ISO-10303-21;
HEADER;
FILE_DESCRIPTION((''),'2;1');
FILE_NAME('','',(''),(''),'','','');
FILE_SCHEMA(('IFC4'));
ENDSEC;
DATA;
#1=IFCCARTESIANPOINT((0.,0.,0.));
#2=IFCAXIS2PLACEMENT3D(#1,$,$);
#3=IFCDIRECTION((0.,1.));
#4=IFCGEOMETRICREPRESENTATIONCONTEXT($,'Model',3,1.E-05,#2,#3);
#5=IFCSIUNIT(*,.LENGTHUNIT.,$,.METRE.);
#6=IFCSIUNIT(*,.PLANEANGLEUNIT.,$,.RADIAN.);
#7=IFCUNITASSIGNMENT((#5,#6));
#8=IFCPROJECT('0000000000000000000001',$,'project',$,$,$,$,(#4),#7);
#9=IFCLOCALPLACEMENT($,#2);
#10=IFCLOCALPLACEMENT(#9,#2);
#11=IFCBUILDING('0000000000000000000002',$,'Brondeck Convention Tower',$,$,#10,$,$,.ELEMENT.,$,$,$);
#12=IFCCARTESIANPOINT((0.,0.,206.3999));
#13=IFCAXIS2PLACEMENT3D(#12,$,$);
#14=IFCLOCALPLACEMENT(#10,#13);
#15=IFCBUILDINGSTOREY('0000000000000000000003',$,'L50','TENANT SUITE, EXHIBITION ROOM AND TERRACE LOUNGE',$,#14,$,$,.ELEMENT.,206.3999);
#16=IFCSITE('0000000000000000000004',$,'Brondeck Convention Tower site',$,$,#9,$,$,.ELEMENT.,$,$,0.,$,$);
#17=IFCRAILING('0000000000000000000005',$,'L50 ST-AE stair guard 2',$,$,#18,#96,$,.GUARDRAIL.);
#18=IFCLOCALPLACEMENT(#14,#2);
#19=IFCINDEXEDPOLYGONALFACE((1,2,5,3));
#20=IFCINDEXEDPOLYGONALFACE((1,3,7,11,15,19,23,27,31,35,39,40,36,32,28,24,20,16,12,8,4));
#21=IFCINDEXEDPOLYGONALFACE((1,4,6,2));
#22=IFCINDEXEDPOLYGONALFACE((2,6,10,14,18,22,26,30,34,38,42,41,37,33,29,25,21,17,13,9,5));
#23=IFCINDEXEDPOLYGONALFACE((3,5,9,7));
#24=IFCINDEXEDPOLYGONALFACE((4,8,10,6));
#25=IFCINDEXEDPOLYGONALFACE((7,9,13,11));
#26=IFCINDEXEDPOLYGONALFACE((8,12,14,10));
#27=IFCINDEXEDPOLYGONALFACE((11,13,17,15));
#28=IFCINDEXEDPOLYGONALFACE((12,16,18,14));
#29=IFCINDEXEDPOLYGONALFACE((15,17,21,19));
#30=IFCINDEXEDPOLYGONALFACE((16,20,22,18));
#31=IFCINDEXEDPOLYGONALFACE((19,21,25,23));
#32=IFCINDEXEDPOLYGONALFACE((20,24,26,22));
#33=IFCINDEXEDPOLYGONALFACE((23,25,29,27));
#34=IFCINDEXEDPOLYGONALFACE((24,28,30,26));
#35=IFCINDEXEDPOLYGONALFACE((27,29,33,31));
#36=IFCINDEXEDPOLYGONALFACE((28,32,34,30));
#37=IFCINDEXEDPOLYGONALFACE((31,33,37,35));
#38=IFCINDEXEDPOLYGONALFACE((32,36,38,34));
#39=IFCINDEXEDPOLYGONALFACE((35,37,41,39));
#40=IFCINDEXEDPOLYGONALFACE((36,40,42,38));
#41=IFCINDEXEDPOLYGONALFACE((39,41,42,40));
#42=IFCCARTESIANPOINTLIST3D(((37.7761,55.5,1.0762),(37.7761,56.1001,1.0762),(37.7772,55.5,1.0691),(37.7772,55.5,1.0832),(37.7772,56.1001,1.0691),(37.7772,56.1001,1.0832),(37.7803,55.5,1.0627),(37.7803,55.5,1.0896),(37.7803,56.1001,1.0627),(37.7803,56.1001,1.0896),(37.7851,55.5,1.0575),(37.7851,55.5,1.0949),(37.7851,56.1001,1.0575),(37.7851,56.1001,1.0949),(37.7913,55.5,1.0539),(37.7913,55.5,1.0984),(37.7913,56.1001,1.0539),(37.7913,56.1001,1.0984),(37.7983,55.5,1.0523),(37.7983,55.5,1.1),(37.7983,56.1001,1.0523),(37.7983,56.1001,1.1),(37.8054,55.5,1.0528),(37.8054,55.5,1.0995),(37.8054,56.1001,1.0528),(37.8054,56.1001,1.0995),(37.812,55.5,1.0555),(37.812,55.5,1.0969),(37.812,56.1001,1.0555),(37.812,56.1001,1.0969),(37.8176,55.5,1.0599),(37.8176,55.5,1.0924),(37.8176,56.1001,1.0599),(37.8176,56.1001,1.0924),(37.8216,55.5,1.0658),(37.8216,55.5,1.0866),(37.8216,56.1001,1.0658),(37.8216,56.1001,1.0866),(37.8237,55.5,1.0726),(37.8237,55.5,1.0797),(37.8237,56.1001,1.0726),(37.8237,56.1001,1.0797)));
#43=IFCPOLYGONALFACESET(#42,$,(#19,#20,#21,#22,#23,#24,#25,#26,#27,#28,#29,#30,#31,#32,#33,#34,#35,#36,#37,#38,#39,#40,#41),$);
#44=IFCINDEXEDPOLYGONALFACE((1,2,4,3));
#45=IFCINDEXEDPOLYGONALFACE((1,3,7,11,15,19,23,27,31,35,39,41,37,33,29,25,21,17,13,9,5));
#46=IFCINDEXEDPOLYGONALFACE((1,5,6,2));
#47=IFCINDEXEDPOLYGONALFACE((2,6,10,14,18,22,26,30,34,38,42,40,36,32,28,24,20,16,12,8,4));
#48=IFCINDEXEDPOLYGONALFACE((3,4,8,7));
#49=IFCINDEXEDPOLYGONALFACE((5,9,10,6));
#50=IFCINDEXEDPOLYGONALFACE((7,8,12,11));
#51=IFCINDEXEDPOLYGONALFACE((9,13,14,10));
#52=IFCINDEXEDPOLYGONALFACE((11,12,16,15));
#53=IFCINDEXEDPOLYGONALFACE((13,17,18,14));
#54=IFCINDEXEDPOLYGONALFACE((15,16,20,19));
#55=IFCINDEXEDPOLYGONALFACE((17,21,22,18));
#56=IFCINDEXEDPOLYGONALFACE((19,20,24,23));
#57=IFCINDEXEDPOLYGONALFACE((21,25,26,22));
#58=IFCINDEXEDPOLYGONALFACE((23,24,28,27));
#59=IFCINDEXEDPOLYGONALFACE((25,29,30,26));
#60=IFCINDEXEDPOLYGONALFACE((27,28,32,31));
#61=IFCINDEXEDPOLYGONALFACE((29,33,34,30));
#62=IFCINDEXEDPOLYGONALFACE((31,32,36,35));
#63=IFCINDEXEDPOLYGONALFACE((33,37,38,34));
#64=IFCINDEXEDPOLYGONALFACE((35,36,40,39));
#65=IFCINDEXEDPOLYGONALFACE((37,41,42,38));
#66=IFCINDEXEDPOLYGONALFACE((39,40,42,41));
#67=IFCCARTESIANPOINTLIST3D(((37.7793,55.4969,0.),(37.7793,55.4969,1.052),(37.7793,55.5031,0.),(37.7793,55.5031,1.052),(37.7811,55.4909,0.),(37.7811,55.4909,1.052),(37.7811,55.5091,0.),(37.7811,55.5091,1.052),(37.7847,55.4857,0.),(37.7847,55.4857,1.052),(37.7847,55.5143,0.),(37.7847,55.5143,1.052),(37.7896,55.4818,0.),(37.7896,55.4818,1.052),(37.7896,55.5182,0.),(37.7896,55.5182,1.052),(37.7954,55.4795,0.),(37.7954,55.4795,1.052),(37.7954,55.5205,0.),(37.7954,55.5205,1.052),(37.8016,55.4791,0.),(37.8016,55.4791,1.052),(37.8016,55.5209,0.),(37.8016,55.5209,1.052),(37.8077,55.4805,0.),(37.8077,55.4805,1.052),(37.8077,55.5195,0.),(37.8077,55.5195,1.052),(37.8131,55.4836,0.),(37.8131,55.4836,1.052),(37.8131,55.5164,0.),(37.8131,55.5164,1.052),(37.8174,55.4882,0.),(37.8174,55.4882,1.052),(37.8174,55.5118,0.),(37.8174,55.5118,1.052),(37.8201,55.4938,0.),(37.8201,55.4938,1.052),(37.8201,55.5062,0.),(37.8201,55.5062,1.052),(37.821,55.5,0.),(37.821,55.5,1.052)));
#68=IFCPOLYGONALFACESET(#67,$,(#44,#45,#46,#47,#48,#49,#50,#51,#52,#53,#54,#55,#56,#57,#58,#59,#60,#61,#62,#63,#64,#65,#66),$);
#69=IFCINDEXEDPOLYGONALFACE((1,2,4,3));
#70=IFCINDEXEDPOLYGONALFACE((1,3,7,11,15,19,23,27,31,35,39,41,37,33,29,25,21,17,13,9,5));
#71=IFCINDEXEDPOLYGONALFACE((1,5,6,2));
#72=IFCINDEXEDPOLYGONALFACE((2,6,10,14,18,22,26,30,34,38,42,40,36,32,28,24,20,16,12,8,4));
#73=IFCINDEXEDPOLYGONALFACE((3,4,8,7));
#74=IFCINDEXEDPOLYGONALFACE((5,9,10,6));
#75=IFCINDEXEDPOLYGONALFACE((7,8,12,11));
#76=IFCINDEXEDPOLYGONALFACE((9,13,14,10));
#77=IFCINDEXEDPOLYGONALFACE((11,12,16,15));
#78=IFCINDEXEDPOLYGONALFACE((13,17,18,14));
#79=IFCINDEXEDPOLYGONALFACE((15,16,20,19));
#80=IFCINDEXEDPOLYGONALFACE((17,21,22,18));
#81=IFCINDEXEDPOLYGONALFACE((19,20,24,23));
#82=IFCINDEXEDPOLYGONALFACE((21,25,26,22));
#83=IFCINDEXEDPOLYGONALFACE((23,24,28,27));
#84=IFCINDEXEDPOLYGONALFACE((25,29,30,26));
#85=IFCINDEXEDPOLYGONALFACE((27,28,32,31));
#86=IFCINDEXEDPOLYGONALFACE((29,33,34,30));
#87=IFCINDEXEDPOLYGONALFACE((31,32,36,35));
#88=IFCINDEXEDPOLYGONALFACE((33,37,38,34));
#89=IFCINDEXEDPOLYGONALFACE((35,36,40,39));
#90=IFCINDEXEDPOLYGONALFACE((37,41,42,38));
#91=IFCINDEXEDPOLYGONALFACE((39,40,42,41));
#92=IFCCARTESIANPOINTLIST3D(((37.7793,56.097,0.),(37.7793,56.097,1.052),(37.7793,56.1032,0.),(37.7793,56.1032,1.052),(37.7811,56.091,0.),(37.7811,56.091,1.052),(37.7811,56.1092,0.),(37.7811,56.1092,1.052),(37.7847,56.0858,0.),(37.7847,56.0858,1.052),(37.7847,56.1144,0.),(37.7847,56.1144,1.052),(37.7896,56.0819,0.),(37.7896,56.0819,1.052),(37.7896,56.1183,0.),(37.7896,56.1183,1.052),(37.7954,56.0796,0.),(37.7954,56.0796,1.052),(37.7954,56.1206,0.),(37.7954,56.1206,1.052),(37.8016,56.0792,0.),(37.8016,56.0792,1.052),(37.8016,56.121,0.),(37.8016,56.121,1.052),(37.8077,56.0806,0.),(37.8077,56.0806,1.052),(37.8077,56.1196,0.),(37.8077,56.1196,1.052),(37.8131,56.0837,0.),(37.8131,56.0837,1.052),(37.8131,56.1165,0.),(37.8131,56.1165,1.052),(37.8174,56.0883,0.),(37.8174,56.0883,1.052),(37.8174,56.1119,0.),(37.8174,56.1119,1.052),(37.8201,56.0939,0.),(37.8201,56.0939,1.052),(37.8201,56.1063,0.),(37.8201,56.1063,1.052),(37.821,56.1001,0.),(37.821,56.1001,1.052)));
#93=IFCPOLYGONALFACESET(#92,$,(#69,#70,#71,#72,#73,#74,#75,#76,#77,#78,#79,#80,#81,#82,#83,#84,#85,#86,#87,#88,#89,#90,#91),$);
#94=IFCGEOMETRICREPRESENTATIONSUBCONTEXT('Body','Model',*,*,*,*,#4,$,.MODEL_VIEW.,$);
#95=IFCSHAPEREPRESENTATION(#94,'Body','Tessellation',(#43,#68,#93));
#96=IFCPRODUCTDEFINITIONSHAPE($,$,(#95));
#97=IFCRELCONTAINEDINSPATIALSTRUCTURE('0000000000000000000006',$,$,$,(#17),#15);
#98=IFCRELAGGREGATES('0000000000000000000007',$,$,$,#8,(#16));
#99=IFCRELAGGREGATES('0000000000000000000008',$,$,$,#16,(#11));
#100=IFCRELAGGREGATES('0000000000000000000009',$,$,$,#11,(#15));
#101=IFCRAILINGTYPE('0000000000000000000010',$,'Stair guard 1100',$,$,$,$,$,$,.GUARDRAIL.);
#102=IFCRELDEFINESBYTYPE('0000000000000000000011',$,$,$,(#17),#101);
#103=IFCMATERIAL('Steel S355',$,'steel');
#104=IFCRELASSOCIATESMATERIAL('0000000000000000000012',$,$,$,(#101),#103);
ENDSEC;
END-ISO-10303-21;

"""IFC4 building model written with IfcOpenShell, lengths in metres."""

from ifc_helpers import new_model, si_unit, direction, frame, origin, origin_2d, place, context, subcontext, project, spatial, circle, extrude, material, type_object, element, save


model = new_model("IFC4")

# Units and contexts
model_context = context("Model", 3, precision=1e-05, world=origin(), true_north=direction((0.0, 1.0)))
body_context = subcontext(model_context, "Body", "Model", "MODEL_VIEW")
ifc_project = project(units=[si_unit("LENGTHUNIT", "METRE"), si_unit("PLANEANGLEUNIT", "RADIAN")], contexts=[model_context])

# Site, building, storey
site_placement = place(None, origin())
site = spatial("IfcSite", under=ifc_project, at=site_placement, Name="Brondeck Convention Tower site", CompositionType="ELEMENT", RefElevation=0.0)
building_placement = place(site_placement, origin())
building = spatial("IfcBuilding", under=site, at=building_placement, Name="Brondeck Convention Tower", CompositionType="ELEMENT")
storey_placement = place(building_placement, frame((0.0, 0.0, 206.3999)))
storey = spatial("IfcBuildingStorey", under=building, at=storey_placement, Name="L50", Description="TENANT SUITE, EXHIBITION ROOM AND TERRACE LOUNGE", CompositionType="ELEMENT", Elevation=206.3999)

# Shared definitions
ifc_material_1 = material(Name="Steel S355", Category="steel")

# Railing
railing_type_1 = type_object("IfcRailingType", Name="Stair guard 1100", PredefinedType="GUARDRAIL", material=ifc_material_1)
railing_1_placement = place(storey_placement, frame((37.8, 55.5, 0.0)))
element("IfcRailing", 1, at=railing_1_placement, inside=storey, type_object=railing_type_1, Name="L50 ST-AE stair guard 2", PredefinedType="GUARDRAIL", context=body_context, shape_type="SweptSolid", body=[
    extrude(circle(Radius=0.0239, at=origin_2d()), frame((0.0, 0.0, 1.0762), z_axis=(0.0, 1.0, 0.0), x_axis=(-1.0, 0.0, 0.0)), (0.0, 0.0, 1.0), 0.6001),
    extrude(circle(Radius=0.021, at=origin_2d()), origin(), (0.0, 0.0, 1.0), 1.052),
    extrude(circle(Radius=0.021, at=origin_2d()), frame((0.0, 0.6001, 0.0)), (0.0, 0.0, 1.0), 1.052),
])

save(model, "model.ifc")
